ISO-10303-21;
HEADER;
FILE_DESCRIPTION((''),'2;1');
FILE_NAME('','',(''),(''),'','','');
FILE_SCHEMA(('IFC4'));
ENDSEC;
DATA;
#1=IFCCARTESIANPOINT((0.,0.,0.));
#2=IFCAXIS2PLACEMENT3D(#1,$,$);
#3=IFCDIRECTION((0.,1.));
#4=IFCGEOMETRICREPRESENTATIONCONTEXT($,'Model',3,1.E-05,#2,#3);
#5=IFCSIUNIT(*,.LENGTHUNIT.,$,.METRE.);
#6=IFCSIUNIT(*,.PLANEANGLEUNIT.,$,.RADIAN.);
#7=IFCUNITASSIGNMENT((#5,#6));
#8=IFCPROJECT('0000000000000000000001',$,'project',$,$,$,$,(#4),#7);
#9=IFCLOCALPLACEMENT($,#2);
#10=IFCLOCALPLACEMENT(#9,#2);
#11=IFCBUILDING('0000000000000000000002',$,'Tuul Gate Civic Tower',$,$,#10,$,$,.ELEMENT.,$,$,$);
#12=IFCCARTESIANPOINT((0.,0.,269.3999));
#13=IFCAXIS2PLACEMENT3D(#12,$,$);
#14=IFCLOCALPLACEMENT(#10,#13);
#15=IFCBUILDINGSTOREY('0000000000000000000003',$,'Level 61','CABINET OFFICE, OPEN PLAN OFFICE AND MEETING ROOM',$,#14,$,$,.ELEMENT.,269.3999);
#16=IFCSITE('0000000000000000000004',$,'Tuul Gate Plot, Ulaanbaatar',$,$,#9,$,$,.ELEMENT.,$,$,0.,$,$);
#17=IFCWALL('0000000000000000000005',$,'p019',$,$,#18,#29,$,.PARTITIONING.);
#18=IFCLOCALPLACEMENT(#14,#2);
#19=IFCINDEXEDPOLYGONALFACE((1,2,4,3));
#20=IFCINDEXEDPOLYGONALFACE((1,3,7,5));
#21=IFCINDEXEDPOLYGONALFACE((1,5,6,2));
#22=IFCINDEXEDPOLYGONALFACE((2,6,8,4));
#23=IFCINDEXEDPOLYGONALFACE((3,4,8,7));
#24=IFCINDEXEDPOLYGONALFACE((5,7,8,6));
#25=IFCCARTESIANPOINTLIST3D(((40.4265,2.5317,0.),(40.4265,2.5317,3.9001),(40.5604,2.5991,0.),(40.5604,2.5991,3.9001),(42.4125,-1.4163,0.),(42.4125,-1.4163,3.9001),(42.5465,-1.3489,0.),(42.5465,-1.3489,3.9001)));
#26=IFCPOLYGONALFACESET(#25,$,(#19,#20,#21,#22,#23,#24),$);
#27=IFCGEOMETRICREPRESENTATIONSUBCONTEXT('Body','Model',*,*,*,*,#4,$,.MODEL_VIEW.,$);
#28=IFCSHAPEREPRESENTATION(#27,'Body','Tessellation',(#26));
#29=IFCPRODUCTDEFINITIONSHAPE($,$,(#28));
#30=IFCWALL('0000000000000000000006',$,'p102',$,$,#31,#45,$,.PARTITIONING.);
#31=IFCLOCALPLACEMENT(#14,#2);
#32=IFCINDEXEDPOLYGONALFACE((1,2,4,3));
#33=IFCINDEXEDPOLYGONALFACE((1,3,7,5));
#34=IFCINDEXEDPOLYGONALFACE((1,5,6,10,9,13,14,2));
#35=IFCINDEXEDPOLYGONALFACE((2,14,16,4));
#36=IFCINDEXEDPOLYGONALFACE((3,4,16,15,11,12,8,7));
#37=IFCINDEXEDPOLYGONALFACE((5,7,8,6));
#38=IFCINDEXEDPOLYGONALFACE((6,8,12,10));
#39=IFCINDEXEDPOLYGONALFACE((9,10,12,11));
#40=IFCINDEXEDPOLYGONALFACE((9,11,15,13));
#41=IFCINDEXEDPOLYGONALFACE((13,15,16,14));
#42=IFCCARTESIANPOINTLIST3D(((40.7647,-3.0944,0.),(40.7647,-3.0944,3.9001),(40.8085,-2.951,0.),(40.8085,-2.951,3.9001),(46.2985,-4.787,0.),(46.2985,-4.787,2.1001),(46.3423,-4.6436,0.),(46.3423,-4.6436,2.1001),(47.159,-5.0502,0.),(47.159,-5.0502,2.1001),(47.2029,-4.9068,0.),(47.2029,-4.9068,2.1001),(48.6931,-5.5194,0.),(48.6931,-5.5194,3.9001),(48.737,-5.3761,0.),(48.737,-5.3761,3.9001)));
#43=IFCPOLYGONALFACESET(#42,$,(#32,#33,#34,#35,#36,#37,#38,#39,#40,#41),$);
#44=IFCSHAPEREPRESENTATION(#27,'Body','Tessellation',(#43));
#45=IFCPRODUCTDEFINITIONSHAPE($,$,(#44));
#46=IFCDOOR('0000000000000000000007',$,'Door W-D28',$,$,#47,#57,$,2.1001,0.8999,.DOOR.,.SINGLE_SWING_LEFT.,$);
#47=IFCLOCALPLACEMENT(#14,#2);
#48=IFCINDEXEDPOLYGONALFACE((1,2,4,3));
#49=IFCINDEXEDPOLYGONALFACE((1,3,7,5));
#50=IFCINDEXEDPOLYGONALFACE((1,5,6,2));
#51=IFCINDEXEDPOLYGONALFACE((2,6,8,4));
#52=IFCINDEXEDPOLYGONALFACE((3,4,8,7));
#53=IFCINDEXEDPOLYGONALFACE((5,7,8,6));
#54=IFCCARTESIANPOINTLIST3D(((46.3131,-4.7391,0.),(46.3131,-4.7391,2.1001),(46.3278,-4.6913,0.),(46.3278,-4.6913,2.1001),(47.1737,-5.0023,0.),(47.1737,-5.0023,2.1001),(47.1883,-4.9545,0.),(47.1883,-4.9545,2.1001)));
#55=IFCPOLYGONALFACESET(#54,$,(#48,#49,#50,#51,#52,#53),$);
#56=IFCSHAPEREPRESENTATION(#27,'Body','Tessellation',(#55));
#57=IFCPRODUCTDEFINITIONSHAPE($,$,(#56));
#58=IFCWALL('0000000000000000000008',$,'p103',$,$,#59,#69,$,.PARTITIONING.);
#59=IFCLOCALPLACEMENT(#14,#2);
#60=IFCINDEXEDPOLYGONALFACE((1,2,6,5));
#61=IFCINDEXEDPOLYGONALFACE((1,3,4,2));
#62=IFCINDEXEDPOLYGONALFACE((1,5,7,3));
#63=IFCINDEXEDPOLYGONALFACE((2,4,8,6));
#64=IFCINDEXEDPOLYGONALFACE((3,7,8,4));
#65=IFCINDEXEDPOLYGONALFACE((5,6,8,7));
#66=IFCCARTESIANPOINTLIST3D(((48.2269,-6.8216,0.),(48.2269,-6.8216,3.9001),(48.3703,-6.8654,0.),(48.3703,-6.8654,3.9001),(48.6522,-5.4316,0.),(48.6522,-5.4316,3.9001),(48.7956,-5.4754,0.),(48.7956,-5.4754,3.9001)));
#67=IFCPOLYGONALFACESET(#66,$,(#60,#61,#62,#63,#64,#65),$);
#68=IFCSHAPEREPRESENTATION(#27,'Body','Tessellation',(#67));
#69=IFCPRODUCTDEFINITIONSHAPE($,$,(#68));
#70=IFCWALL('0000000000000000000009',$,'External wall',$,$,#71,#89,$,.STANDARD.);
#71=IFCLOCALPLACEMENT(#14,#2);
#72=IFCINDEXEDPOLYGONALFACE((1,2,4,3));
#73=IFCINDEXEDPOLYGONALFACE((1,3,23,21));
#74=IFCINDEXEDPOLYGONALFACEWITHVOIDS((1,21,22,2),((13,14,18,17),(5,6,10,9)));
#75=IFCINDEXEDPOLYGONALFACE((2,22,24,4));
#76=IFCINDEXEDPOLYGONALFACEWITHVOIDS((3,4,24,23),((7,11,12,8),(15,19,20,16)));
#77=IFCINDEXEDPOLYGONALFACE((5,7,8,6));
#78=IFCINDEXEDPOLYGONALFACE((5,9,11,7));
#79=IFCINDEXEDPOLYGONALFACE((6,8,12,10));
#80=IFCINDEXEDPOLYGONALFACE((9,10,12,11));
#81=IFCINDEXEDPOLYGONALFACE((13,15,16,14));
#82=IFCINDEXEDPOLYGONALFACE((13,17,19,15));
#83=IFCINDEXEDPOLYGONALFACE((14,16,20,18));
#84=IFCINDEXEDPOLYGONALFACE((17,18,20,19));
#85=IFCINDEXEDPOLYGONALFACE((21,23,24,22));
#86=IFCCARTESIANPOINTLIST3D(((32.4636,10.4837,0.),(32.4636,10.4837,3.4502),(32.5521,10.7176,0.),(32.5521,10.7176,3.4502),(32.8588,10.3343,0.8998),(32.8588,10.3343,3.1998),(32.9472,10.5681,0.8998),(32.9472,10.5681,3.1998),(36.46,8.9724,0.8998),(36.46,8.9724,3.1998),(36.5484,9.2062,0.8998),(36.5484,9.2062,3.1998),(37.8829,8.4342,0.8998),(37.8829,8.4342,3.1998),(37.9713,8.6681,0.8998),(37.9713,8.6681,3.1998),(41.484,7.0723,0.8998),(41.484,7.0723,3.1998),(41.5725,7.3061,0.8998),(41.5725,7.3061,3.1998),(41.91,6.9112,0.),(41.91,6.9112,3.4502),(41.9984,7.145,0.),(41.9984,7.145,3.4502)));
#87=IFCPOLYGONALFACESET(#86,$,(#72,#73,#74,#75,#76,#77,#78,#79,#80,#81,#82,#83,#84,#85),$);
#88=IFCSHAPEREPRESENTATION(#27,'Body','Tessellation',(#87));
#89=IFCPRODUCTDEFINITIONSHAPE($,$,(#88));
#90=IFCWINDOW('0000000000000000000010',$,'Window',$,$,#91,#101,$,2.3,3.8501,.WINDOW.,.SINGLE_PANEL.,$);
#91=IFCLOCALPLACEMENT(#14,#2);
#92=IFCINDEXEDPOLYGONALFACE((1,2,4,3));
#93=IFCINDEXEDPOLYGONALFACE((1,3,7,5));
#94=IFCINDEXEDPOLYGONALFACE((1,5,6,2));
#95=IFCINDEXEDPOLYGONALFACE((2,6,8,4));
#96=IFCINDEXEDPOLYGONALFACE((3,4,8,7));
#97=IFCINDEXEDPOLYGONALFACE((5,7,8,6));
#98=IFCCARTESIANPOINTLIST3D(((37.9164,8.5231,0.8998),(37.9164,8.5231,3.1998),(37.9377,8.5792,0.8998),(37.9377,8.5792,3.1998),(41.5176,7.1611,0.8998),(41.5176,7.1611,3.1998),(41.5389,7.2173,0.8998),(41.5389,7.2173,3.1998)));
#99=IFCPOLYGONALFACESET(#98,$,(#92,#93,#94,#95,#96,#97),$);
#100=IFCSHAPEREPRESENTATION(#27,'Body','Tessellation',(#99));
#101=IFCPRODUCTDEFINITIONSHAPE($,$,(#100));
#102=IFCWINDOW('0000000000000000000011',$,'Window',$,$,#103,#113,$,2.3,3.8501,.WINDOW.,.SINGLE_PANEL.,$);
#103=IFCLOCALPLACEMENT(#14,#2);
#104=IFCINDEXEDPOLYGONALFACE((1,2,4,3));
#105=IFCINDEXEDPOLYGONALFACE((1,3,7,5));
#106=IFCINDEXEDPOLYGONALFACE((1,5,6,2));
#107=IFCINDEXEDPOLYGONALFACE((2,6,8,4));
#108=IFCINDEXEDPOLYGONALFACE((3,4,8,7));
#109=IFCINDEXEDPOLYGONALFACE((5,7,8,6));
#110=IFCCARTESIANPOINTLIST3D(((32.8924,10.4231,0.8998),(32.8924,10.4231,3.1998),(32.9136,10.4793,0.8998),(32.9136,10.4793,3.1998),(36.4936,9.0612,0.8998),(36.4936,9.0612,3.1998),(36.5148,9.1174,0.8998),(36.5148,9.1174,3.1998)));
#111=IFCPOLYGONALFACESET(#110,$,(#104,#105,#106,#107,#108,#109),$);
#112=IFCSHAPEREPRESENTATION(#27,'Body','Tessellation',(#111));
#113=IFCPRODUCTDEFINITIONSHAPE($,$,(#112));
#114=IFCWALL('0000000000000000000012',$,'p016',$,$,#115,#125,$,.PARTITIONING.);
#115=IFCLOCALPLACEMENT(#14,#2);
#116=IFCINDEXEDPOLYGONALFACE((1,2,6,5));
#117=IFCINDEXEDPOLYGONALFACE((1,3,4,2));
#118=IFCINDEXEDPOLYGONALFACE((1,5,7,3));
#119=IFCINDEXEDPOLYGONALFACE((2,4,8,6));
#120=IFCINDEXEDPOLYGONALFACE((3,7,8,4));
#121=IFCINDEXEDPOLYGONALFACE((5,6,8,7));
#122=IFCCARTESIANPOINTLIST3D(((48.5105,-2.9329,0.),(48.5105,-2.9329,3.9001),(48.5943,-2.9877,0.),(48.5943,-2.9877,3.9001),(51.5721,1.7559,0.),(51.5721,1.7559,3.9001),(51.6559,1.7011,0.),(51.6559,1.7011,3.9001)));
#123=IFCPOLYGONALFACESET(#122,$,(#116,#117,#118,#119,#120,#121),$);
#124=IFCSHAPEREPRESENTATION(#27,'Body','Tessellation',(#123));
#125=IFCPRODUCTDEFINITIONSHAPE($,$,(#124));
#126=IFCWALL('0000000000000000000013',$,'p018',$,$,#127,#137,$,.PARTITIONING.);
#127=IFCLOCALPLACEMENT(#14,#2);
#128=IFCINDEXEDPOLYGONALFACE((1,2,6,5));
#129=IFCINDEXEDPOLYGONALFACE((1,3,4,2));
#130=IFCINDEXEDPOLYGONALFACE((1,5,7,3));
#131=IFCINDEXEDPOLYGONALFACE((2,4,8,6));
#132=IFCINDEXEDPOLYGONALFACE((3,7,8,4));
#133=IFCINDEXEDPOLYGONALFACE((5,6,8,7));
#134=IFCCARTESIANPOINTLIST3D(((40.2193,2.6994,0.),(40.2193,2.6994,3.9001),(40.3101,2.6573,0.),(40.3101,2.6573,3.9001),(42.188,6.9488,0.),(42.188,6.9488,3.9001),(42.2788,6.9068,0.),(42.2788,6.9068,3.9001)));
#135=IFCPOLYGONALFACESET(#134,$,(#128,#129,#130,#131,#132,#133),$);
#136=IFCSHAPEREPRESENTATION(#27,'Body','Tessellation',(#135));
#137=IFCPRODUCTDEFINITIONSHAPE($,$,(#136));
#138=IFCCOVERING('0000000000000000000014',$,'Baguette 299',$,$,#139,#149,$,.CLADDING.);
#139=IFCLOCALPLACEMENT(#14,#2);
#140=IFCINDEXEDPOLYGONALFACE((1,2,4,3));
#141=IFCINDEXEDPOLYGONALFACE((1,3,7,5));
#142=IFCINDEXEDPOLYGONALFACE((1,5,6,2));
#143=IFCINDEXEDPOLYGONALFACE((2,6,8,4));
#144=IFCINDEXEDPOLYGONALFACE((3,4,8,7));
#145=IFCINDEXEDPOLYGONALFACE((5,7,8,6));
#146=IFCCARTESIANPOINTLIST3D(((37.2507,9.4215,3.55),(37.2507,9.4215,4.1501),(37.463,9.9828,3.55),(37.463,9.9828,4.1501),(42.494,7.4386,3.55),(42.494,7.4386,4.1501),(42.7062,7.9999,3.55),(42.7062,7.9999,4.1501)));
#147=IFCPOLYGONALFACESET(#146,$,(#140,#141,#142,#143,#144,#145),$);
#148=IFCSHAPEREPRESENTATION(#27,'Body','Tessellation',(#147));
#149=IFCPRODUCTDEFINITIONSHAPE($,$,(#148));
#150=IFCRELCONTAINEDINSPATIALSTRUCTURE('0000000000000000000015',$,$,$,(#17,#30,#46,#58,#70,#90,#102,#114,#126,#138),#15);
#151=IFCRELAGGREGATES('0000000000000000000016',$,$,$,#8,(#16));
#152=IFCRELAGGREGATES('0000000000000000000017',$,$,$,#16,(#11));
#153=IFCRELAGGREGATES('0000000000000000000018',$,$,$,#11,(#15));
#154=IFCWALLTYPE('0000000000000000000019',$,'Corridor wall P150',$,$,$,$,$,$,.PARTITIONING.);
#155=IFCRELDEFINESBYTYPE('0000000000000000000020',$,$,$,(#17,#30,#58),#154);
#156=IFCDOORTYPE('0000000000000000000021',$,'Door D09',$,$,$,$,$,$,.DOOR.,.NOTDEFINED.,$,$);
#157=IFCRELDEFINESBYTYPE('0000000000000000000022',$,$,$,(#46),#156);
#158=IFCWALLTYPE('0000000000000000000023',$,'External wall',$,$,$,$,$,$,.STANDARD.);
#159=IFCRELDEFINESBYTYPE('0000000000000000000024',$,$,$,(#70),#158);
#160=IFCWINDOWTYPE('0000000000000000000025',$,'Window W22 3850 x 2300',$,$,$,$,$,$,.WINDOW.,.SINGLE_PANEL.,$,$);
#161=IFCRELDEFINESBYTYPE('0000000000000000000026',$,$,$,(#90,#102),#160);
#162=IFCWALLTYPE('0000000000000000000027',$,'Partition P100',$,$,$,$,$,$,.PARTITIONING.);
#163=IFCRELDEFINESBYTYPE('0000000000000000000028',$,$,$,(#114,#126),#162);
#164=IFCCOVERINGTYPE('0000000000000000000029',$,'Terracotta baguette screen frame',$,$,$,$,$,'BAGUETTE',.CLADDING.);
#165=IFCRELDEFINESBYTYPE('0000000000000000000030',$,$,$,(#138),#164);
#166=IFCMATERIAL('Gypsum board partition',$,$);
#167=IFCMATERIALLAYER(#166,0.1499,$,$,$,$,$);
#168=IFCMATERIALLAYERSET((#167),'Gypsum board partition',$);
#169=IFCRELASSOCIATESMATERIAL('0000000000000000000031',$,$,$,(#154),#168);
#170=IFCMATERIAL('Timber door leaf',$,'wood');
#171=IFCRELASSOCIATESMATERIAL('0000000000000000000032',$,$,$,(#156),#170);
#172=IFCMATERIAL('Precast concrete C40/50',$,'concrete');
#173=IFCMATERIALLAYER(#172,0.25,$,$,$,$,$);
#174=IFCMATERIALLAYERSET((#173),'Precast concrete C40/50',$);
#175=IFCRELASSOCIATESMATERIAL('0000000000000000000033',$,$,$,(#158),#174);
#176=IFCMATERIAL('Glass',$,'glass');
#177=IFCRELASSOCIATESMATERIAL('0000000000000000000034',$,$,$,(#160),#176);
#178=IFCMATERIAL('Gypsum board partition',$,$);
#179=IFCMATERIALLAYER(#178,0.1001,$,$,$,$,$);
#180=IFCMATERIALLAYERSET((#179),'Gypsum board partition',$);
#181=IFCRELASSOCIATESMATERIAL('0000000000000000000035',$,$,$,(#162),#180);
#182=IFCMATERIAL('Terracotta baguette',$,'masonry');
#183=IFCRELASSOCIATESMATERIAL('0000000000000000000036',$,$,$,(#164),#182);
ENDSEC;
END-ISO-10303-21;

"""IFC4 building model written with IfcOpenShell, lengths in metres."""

from ifc_helpers import new_model, si_unit, direction, frame, frame_2d, origin, origin_2d, place, context, subcontext, project, spatial, rectangle, extrude, material, layer, layer_set, material_profile, profile_set, type_object, element, fill, save


model = new_model("IFC4")

# Units and contexts
model_context = context("Model", 3, precision=1e-05, world=origin(), true_north=direction((0.0, 1.0)))
body_context = subcontext(model_context, "Body", "Model", "MODEL_VIEW")
ifc_project = project(units=[si_unit("LENGTHUNIT", "METRE"), si_unit("PLANEANGLEUNIT", "RADIAN")], contexts=[model_context])

# Site, building, storey
site_placement = place(None, origin())
site = spatial("IfcSite", under=ifc_project, at=site_placement, Name="Tuul Gate Plot, Ulaanbaatar", CompositionType="ELEMENT", RefElevation=0.0)
building_placement = place(site_placement, origin())
building = spatial("IfcBuilding", under=site, at=building_placement, Name="Tuul Gate Civic Tower", CompositionType="ELEMENT")
storey_placement = place(building_placement, frame((0.0, 0.0, 269.3999)))
storey = spatial("IfcBuildingStorey", under=building, at=storey_placement, Name="Level 61", Description="CABINET OFFICE, OPEN PLAN OFFICE AND MEETING ROOM", CompositionType="ELEMENT", Elevation=269.3999)

# Shared definitions
ifc_material_1 = material(Name="Gypsum board partition")
ifc_layer_1 = layer(ifc_material_1, 0.1499)
ifc_layer_set_1 = layer_set([ifc_layer_1], Name="Gypsum board partition")
wall_type_1 = type_object("IfcWallType", Name="Corridor wall P150", PredefinedType="PARTITIONING", material=ifc_layer_set_1)
ifc_material_2 = material(Name="Timber door leaf", Category="wood")
door_type_1 = type_object("IfcDoorType", Name="Door D09", OperationType="NOTDEFINED", PredefinedType="DOOR", material=ifc_material_2)

# Wall
wall_1_placement = place(storey_placement, frame((40.4934, 2.5654, 0.0), z_axis=(0.0, 0.0, 1.0), x_axis=(0.4494, -0.893331, 0.0)))
element("IfcWall", 1, at=wall_1_placement, inside=storey, type_object=wall_type_1, Name="p019", PredefinedType="PARTITIONING", context=body_context, shape_type="SweptSolid", body=[
    extrude(rectangle(XDim=4.4194, YDim=0.1499, at=frame_2d((2.2097, 0.0))), origin(), (0.0, 0.0, 1.0), 3.9001),
])

# Wall, opening, door
wall_2_placement = place(storey_placement, frame((40.7866, -3.0227, 0.0), z_axis=(0.0, 0.0, 1.0), x_axis=(0.956269, -0.29249, 0.0)))
wall_2 = element("IfcWall", 2, at=wall_2_placement, inside=storey, type_object=wall_type_1, Name="p102", PredefinedType="PARTITIONING", context=body_context, shape_type="SweptSolid", body=[
    extrude(rectangle(XDim=8.291, YDim=0.1499, at=frame_2d((4.1455, 0.0))), origin(), (0.0, 0.0, 1.0), 3.9001),
])
opening_1_placement = place(wall_2_placement, frame((5.7869, 0.0, 0.0)))
opening_1 = element("IfcOpeningElement", 3, at=opening_1_placement, cuts=wall_2, PredefinedType="OPENING", context=body_context, shape_type="SweptSolid", body=[
    extrude(rectangle(XDim=0.8999, YDim=2.1001, at=frame_2d((0.45, 1.05))), frame((0.0, 0.085, 0.0), z_axis=(0.0, -1.0, 0.0), x_axis=(1.0, 0.0, 0.0)), (0.0, 0.0, 1.0), 0.1699),
])
door_1_placement = place(opening_1_placement, frame((0.8999, 0.0, 0.0), z_axis=(0.0, 0.0, 1.0), x_axis=(-1.0, 0.0, 0.0)))
door_1 = element("IfcDoor", 4, at=door_1_placement, inside=storey, type_object=door_type_1, Name="Door W-D28", OperationType="SINGLE_SWING_LEFT", OverallHeight=2.1001, OverallWidth=0.8999, PredefinedType="DOOR", context=body_context, shape_type="SweptSolid", body=[
    extrude(rectangle(XDim=0.8999, YDim=2.1001, at=frame_2d((0.45, 1.05))), frame((0.0, 0.0249, 0.0), z_axis=(0.0, -1.0, 0.0), x_axis=(1.0, 0.0, 0.0)), (0.0, 0.0, 1.0), 0.05),
])
fill(opening_1, door_1)

# Wall
wall_3_placement = place(storey_placement, frame((48.2986, -6.8435, 0.0), z_axis=(0.0, 0.0, 1.0), x_axis=(0.292598, 0.956235, 0.0)))
element("IfcWall", 5, at=wall_3_placement, inside=storey, type_object=wall_type_1, Name="p103", PredefinedType="PARTITIONING", context=body_context, shape_type="SweptSolid", body=[
    extrude(rectangle(XDim=1.4536, YDim=0.1499, at=frame_2d((0.7268, 0.0))), origin(), (0.0, 0.0, 1.0), 3.9001),
])

# Wall, openings, windows
ifc_material_3 = material(Name="Precast concrete C40/50", Category="concrete")
ifc_layer_2 = layer(ifc_material_3, 0.25)
ifc_layer_set_2 = layer_set([ifc_layer_2], Name="Precast concrete C40/50")
wall_type_2 = type_object("IfcWallType", Name="External wall", PredefinedType="STANDARD", material=ifc_layer_set_2)
wall_4_placement = place(storey_placement, frame((41.9543, 7.0281, 0.0), z_axis=(0.0, 0.0, 1.0), x_axis=(-0.935344, 0.353739, 0.0)))
wall_4 = element("IfcWall", 6, at=wall_4_placement, inside=storey, type_object=wall_type_2, Name="External wall", PredefinedType="STANDARD", context=body_context, shape_type="SweptSolid", body=[
    extrude(rectangle(XDim=10.0994, YDim=0.25, at=frame_2d((5.0498, 0.0))), origin(), (0.0, 0.0, 1.0), 3.4502),
])
opening_2_placement = place(wall_4_placement, frame((0.4556, 0.0, 0.8999)))
opening_2 = element("IfcOpeningElement", 7, at=opening_2_placement, cuts=wall_4, PredefinedType="OPENING", context=body_context, shape_type="SweptSolid", body=[
    extrude(rectangle(XDim=3.8501, YDim=2.3, at=frame_2d((1.925, 1.1499))), frame((0.0, 0.135, 0.0), z_axis=(0.0, -1.0, 0.0), x_axis=(1.0, 0.0, 0.0)), (0.0, 0.0, 1.0), 0.27),
])
opening_3_placement = place(wall_4_placement, frame((5.8269, 0.0, 0.8999)))
opening_3 = element("IfcOpeningElement", 8, at=opening_3_placement, cuts=wall_4, PredefinedType="OPENING", context=body_context, shape_type="SweptSolid", body=[
    extrude(rectangle(XDim=3.8501, YDim=2.3, at=frame_2d((1.925, 1.1499))), frame((0.0, 0.135, 0.0), z_axis=(0.0, -1.0, 0.0), x_axis=(1.0, 0.0, 0.0)), (0.0, 0.0, 1.0), 0.27),
])
ifc_material_4 = material(Name="Glass", Category="glass")
window_type = type_object("IfcWindowType", Name="Window W22 3850 x 2300", PartitioningType="SINGLE_PANEL", PredefinedType="WINDOW", material=ifc_material_4)
window_1_placement = place(opening_2_placement, origin())
window_1 = element("IfcWindow", 9, at=window_1_placement, inside=storey, type_object=window_type, Name="Window", OverallHeight=2.3, OverallWidth=3.8501, PartitioningType="SINGLE_PANEL", PredefinedType="WINDOW", context=body_context, shape_type="SweptSolid", body=[
    extrude(rectangle(XDim=3.8501, YDim=2.3, at=frame_2d((1.925, 1.1499))), frame((0.0, 0.03, 0.0), z_axis=(0.0, -1.0, 0.0), x_axis=(1.0, 0.0, 0.0)), (0.0, 0.0, 1.0), 0.0601),
])
fill(opening_2, window_1)
window_2_placement = place(opening_3_placement, origin())
window_2 = element("IfcWindow", 10, at=window_2_placement, inside=storey, type_object=window_type, Name="Window", OverallHeight=2.3, OverallWidth=3.8501, PartitioningType="SINGLE_PANEL", PredefinedType="WINDOW", context=body_context, shape_type="SweptSolid", body=[
    extrude(rectangle(XDim=3.8501, YDim=2.3, at=frame_2d((1.925, 1.1499))), frame((0.0, 0.03, 0.0), z_axis=(0.0, -1.0, 0.0), x_axis=(1.0, 0.0, 0.0)), (0.0, 0.0, 1.0), 0.0601),
])
fill(opening_3, window_2)

# Walls
ifc_material_5 = material(Name="Gypsum board partition")
ifc_layer_3 = layer(ifc_material_5, 0.1001)
ifc_layer_set_3 = layer_set([ifc_layer_3], Name="Gypsum board partition")
wall_type_3 = type_object("IfcWallType", Name="Partition P100", PredefinedType="PARTITIONING", material=ifc_layer_set_3)
wall_5_placement = place(storey_placement, frame((48.5525, -2.9602, 0.0), z_axis=(0.0, 0.0, 1.0), x_axis=(0.546727, 0.837311, 0.0)))
element("IfcWall", 11, at=wall_5_placement, inside=storey, type_object=wall_type_3, Name="p016", PredefinedType="PARTITIONING", context=body_context, shape_type="SweptSolid", body=[
    extrude(rectangle(XDim=5.5999, YDim=0.1001, at=frame_2d((2.7998, 0.0))), origin(), (0.0, 0.0, 1.0), 3.9001),
])
wall_6_placement = place(storey_placement, frame((40.2646, 2.6782, 0.0), z_axis=(0.0, 0.0, 1.0), x_axis=(0.420367, 0.907354, 0.0)))
element("IfcWall", 12, at=wall_6_placement, inside=storey, type_object=wall_type_3, Name="p018", PredefinedType="PARTITIONING", context=body_context, shape_type="SweptSolid", body=[
    extrude(rectangle(XDim=4.6833, YDim=0.1001, at=frame_2d((2.3418, 0.0))), origin(), (0.0, 0.0, 1.0), 3.9001),
])

# Covering
ifc_material_6 = material(Name="Terracotta baguette", Category="masonry")
ifc_material_profile_1 = material_profile(ifc_material_6, rectangle(XDim=0.6001, YDim=0.6001, at=origin_2d()), Name="Terracotta baguette screen frame")
ifc_profile_set_1 = profile_set([ifc_material_profile_1], Name="Terracotta baguette")
covering_type = type_object("IfcCoveringType", Name="Terracotta baguette screen frame", ElementType="BAGUETTE", PredefinedType="CLADDING", material=ifc_profile_set_1)
covering_placement = place(storey_placement, frame((42.6001, 7.7192, 3.8501), z_axis=(-0.935345, 0.353738, 0.0), x_axis=(-0.353738, -0.935345, 0.0)))
element("IfcCovering", 13, at=covering_placement, inside=storey, type_object=covering_type, Name="Baguette 299", PredefinedType="CLADDING", context=body_context, shape_type="SweptSolid", body=[
    extrude(rectangle(XDim=0.6001, YDim=0.6001, at=origin_2d()), origin(), (0.0, 0.0, 1.0), 5.6057),
])

save(model, "model.ifc")
